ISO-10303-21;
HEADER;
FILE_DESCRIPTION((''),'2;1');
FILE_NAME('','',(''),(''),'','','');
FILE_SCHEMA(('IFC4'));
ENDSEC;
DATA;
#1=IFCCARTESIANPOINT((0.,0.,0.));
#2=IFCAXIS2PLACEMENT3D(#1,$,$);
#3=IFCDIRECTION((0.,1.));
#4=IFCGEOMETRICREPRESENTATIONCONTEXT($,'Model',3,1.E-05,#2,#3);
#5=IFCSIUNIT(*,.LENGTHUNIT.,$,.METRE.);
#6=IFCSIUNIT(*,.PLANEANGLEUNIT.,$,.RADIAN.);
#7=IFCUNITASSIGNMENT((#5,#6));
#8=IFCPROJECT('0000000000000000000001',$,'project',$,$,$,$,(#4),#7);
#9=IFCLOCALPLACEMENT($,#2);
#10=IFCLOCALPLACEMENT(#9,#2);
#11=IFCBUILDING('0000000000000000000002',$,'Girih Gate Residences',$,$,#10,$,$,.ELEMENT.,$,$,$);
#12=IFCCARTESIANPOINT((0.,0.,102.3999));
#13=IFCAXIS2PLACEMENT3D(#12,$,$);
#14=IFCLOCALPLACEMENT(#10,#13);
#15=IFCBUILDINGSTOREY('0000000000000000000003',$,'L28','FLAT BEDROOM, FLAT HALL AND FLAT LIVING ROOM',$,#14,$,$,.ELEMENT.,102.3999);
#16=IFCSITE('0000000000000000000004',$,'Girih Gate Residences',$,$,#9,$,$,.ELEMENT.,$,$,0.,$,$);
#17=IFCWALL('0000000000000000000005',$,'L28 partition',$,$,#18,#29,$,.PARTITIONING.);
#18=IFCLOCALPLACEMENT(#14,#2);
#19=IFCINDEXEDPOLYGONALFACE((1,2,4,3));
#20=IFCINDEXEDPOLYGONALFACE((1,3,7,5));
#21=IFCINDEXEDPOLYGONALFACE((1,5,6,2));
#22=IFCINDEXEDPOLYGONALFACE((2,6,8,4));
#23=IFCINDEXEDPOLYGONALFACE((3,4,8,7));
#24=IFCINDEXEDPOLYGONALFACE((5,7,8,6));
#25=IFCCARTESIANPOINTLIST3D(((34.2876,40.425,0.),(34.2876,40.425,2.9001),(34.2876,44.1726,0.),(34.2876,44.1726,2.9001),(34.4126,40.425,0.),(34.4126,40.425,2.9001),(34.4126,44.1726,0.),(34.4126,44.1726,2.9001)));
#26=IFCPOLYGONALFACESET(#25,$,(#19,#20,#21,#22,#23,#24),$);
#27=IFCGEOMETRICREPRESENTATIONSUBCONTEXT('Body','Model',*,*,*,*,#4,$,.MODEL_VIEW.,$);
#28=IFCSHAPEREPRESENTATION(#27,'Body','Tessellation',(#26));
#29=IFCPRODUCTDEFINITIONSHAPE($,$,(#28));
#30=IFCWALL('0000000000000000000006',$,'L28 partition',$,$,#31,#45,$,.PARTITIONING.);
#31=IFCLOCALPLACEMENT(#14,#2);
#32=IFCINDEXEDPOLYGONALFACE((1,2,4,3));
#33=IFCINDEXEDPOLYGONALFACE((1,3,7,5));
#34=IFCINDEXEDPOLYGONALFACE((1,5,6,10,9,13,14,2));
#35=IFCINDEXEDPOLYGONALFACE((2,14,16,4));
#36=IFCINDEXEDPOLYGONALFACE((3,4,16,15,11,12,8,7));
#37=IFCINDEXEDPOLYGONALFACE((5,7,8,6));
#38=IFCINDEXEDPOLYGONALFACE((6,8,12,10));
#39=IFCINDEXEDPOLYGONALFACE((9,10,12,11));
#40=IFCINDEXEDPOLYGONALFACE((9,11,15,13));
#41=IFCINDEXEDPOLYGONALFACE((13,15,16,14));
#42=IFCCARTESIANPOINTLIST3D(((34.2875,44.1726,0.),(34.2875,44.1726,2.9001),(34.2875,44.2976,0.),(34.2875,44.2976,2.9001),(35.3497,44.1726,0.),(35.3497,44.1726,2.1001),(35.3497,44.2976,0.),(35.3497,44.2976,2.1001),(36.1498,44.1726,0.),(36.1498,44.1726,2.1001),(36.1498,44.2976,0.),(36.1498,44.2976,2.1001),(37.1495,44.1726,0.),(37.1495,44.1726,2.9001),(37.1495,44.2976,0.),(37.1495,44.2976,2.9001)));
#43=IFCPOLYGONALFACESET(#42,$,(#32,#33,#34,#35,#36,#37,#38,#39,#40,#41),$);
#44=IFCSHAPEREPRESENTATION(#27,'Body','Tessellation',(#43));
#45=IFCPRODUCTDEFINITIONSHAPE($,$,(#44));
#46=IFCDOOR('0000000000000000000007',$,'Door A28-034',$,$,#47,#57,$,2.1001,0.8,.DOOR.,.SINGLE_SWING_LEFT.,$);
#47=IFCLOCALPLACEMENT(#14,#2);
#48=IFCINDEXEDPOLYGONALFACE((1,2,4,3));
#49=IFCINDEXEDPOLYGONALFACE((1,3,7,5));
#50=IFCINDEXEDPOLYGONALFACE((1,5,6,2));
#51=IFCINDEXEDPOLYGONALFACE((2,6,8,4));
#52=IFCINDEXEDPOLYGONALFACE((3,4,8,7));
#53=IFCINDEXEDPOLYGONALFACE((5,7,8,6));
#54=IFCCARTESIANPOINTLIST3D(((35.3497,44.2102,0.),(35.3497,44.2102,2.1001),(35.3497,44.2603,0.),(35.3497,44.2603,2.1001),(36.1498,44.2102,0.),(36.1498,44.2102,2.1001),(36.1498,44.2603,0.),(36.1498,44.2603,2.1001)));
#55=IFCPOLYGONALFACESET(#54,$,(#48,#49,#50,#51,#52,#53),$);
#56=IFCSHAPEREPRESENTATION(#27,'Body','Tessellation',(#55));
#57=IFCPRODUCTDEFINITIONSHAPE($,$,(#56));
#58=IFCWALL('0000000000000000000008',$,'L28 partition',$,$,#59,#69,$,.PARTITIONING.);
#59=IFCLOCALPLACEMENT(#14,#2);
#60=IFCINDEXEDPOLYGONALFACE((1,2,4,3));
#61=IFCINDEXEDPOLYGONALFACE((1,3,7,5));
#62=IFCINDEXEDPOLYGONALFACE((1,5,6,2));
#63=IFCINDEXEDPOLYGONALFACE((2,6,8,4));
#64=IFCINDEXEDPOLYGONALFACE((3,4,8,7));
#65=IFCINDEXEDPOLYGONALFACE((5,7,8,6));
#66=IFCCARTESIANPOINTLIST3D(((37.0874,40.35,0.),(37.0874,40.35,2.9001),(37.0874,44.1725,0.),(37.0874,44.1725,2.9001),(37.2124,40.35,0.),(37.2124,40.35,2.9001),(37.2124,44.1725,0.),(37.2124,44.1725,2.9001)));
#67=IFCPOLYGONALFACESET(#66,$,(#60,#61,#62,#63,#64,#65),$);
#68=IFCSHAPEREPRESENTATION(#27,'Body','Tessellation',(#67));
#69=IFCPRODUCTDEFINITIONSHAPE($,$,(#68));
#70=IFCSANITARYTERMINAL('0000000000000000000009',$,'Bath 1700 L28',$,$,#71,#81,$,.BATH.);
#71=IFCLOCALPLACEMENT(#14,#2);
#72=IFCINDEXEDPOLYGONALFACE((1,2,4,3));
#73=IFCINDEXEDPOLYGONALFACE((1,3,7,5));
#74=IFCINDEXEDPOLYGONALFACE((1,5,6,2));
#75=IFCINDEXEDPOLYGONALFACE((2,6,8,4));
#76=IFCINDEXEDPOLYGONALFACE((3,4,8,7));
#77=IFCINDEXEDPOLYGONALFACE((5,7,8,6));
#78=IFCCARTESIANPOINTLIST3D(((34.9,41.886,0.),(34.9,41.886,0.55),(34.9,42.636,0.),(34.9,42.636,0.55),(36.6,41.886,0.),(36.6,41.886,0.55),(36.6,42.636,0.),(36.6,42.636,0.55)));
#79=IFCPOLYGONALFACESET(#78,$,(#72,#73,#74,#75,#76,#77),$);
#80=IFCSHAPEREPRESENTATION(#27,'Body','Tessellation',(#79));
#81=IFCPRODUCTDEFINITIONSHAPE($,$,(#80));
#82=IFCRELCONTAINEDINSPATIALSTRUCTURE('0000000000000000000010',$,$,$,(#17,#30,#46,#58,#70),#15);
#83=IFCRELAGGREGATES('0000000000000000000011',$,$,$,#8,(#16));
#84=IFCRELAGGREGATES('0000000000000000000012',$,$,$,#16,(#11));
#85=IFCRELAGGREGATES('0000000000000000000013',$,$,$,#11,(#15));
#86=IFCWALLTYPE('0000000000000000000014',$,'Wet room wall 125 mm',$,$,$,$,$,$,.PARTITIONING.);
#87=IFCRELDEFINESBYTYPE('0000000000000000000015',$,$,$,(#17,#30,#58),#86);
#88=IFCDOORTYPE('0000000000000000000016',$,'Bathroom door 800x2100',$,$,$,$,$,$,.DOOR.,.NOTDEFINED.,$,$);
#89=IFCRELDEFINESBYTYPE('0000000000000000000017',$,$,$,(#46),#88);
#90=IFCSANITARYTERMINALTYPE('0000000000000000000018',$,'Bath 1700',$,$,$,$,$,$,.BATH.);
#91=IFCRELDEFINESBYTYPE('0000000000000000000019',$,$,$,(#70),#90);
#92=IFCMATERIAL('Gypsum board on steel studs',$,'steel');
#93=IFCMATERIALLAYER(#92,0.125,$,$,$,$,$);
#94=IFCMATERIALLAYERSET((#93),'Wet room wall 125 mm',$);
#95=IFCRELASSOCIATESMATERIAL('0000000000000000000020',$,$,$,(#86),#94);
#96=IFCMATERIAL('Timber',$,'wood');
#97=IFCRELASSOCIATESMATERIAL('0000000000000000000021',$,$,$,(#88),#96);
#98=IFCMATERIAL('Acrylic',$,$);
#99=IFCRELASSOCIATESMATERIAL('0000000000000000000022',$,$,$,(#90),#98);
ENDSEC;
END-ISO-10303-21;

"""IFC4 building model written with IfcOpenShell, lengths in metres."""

from ifc_helpers import new_model, si_unit, direction, frame, frame_2d, origin, origin_2d, place, context, subcontext, project, spatial, rectangle, extrude, material, layer, layer_set, type_object, element, fill, save


model = new_model("IFC4")

# Units and contexts
model_context = context("Model", 3, precision=1e-05, world=origin(), true_north=direction((0.0, 1.0)))
body_context = subcontext(model_context, "Body", "Model", "MODEL_VIEW")
ifc_project = project(units=[si_unit("LENGTHUNIT", "METRE"), si_unit("PLANEANGLEUNIT", "RADIAN")], contexts=[model_context])

# Site, building, storey
site_placement = place(None, origin())
site = spatial("IfcSite", under=ifc_project, at=site_placement, Name="Girih Gate Residences", CompositionType="ELEMENT", RefElevation=0.0)
building_placement = place(site_placement, origin())
building = spatial("IfcBuilding", under=site, at=building_placement, Name="Girih Gate Residences", CompositionType="ELEMENT")
storey_placement = place(building_placement, frame((0.0, 0.0, 102.3999)))
storey = spatial("IfcBuildingStorey", under=building, at=storey_placement, Name="L28", Description="FLAT BEDROOM, FLAT HALL AND FLAT LIVING ROOM", CompositionType="ELEMENT", Elevation=102.3999)

# Shared definitions
ifc_material_1 = material(Name="Gypsum board on steel studs", Category="steel")

# Shared definitions
ifc_material_2 = material(Name="Timber", Category="wood")

# Wall
ifc_layer_1 = layer(ifc_material_1, 0.125)
ifc_layer_set_1 = layer_set([ifc_layer_1], Name="Wet room wall 125 mm")
wall_type_1 = type_object("IfcWallType", Name="Wet room wall 125 mm", PredefinedType="PARTITIONING", material=ifc_layer_set_1)
wall_1_placement = place(storey_placement, frame((34.3501, 40.425, 0.0), z_axis=(0.0, 0.0, 1.0), x_axis=(0.0, 1.0, 0.0)))
element("IfcWall", 1, at=wall_1_placement, inside=storey, type_object=wall_type_1, Name="L28 partition", PredefinedType="PARTITIONING", context=body_context, shape_type="SweptSolid", body=[
    extrude(rectangle(XDim=3.7476, YDim=0.125, at=frame_2d((1.8738, 0.0))), origin(), (0.0, 0.0, 1.0), 2.9001),
])

# Wall, opening, door
wall_2_placement = place(storey_placement, frame((37.1497, 44.2351, 0.0), z_axis=(0.0, 0.0, 1.0), x_axis=(-1.0, 0.0, 0.0)))
wall_2 = element("IfcWall", 2, at=wall_2_placement, inside=storey, type_object=wall_type_1, Name="L28 partition", PredefinedType="PARTITIONING", context=body_context, shape_type="SweptSolid", body=[
    extrude(rectangle(XDim=2.8621, YDim=0.125, at=frame_2d((1.4312, 0.0))), origin(), (0.0, 0.0, 1.0), 2.9001),
])
opening_1_placement = place(wall_2_placement, frame((1.0, 0.0, 0.0)))
opening_1 = element("IfcOpeningElement", 3, at=opening_1_placement, cuts=wall_2, PredefinedType="OPENING", context=body_context, shape_type="SweptSolid", body=[
    extrude(rectangle(XDim=0.8, YDim=2.1001, at=frame_2d((0.3999, 1.05))), frame((0.0, 0.0725, 0.0), z_axis=(0.0, -1.0, 0.0), x_axis=(1.0, 0.0, 0.0)), (0.0, 0.0, 1.0), 0.145),
])
door_type_1 = type_object("IfcDoorType", Name="Bathroom door 800x2100", OperationType="NOTDEFINED", PredefinedType="DOOR", material=ifc_material_2)
door_1_placement = place(opening_1_placement, origin())
door_1 = element("IfcDoor", 4, at=door_1_placement, inside=storey, type_object=door_type_1, Name="Door A28-034", OperationType="SINGLE_SWING_LEFT", OverallHeight=2.1001, OverallWidth=0.8, PredefinedType="DOOR", context=body_context, shape_type="SweptSolid", body=[
    extrude(rectangle(XDim=0.8, YDim=2.1001, at=frame_2d((0.3999, 1.05))), frame((0.0, 0.0249, 0.0), z_axis=(0.0, -1.0, 0.0), x_axis=(1.0, 0.0, 0.0)), (0.0, 0.0, 1.0), 0.05),
])
fill(opening_1, door_1)

# Wall
wall_3_placement = place(storey_placement, frame((37.1499, 40.3501, 0.0), z_axis=(0.0, 0.0, 1.0), x_axis=(0.0, 1.0, 0.0)))
element("IfcWall", 5, at=wall_3_placement, inside=storey, type_object=wall_type_1, Name="L28 partition", PredefinedType="PARTITIONING", context=body_context, shape_type="SweptSolid", body=[
    extrude(rectangle(XDim=3.8225, YDim=0.125, at=frame_2d((1.9111, 0.0))), origin(), (0.0, 0.0, 1.0), 2.9001),
])

# Sanitary terminal
ifc_material_3 = material(Name="Acrylic")
sanitary_terminal_type = type_object("IfcSanitaryTerminalType", Name="Bath 1700", PredefinedType="BATH", material=ifc_material_3)
sanitary_terminal_placement = place(storey_placement, frame((35.75, 42.261, 0.0), z_axis=(0.0, 0.0, 1.0), x_axis=(1.0, 0.0, 0.0)))
element("IfcSanitaryTerminal", 6, at=sanitary_terminal_placement, inside=storey, type_object=sanitary_terminal_type, Name="Bath 1700 L28", PredefinedType="BATH", context=body_context, shape_type="SweptSolid", body=[
    extrude(rectangle(XDim=1.7, YDim=0.75, at=origin_2d()), origin(), (0.0, 0.0, 1.0), 0.55),
])

save(model, "model.ifc")
